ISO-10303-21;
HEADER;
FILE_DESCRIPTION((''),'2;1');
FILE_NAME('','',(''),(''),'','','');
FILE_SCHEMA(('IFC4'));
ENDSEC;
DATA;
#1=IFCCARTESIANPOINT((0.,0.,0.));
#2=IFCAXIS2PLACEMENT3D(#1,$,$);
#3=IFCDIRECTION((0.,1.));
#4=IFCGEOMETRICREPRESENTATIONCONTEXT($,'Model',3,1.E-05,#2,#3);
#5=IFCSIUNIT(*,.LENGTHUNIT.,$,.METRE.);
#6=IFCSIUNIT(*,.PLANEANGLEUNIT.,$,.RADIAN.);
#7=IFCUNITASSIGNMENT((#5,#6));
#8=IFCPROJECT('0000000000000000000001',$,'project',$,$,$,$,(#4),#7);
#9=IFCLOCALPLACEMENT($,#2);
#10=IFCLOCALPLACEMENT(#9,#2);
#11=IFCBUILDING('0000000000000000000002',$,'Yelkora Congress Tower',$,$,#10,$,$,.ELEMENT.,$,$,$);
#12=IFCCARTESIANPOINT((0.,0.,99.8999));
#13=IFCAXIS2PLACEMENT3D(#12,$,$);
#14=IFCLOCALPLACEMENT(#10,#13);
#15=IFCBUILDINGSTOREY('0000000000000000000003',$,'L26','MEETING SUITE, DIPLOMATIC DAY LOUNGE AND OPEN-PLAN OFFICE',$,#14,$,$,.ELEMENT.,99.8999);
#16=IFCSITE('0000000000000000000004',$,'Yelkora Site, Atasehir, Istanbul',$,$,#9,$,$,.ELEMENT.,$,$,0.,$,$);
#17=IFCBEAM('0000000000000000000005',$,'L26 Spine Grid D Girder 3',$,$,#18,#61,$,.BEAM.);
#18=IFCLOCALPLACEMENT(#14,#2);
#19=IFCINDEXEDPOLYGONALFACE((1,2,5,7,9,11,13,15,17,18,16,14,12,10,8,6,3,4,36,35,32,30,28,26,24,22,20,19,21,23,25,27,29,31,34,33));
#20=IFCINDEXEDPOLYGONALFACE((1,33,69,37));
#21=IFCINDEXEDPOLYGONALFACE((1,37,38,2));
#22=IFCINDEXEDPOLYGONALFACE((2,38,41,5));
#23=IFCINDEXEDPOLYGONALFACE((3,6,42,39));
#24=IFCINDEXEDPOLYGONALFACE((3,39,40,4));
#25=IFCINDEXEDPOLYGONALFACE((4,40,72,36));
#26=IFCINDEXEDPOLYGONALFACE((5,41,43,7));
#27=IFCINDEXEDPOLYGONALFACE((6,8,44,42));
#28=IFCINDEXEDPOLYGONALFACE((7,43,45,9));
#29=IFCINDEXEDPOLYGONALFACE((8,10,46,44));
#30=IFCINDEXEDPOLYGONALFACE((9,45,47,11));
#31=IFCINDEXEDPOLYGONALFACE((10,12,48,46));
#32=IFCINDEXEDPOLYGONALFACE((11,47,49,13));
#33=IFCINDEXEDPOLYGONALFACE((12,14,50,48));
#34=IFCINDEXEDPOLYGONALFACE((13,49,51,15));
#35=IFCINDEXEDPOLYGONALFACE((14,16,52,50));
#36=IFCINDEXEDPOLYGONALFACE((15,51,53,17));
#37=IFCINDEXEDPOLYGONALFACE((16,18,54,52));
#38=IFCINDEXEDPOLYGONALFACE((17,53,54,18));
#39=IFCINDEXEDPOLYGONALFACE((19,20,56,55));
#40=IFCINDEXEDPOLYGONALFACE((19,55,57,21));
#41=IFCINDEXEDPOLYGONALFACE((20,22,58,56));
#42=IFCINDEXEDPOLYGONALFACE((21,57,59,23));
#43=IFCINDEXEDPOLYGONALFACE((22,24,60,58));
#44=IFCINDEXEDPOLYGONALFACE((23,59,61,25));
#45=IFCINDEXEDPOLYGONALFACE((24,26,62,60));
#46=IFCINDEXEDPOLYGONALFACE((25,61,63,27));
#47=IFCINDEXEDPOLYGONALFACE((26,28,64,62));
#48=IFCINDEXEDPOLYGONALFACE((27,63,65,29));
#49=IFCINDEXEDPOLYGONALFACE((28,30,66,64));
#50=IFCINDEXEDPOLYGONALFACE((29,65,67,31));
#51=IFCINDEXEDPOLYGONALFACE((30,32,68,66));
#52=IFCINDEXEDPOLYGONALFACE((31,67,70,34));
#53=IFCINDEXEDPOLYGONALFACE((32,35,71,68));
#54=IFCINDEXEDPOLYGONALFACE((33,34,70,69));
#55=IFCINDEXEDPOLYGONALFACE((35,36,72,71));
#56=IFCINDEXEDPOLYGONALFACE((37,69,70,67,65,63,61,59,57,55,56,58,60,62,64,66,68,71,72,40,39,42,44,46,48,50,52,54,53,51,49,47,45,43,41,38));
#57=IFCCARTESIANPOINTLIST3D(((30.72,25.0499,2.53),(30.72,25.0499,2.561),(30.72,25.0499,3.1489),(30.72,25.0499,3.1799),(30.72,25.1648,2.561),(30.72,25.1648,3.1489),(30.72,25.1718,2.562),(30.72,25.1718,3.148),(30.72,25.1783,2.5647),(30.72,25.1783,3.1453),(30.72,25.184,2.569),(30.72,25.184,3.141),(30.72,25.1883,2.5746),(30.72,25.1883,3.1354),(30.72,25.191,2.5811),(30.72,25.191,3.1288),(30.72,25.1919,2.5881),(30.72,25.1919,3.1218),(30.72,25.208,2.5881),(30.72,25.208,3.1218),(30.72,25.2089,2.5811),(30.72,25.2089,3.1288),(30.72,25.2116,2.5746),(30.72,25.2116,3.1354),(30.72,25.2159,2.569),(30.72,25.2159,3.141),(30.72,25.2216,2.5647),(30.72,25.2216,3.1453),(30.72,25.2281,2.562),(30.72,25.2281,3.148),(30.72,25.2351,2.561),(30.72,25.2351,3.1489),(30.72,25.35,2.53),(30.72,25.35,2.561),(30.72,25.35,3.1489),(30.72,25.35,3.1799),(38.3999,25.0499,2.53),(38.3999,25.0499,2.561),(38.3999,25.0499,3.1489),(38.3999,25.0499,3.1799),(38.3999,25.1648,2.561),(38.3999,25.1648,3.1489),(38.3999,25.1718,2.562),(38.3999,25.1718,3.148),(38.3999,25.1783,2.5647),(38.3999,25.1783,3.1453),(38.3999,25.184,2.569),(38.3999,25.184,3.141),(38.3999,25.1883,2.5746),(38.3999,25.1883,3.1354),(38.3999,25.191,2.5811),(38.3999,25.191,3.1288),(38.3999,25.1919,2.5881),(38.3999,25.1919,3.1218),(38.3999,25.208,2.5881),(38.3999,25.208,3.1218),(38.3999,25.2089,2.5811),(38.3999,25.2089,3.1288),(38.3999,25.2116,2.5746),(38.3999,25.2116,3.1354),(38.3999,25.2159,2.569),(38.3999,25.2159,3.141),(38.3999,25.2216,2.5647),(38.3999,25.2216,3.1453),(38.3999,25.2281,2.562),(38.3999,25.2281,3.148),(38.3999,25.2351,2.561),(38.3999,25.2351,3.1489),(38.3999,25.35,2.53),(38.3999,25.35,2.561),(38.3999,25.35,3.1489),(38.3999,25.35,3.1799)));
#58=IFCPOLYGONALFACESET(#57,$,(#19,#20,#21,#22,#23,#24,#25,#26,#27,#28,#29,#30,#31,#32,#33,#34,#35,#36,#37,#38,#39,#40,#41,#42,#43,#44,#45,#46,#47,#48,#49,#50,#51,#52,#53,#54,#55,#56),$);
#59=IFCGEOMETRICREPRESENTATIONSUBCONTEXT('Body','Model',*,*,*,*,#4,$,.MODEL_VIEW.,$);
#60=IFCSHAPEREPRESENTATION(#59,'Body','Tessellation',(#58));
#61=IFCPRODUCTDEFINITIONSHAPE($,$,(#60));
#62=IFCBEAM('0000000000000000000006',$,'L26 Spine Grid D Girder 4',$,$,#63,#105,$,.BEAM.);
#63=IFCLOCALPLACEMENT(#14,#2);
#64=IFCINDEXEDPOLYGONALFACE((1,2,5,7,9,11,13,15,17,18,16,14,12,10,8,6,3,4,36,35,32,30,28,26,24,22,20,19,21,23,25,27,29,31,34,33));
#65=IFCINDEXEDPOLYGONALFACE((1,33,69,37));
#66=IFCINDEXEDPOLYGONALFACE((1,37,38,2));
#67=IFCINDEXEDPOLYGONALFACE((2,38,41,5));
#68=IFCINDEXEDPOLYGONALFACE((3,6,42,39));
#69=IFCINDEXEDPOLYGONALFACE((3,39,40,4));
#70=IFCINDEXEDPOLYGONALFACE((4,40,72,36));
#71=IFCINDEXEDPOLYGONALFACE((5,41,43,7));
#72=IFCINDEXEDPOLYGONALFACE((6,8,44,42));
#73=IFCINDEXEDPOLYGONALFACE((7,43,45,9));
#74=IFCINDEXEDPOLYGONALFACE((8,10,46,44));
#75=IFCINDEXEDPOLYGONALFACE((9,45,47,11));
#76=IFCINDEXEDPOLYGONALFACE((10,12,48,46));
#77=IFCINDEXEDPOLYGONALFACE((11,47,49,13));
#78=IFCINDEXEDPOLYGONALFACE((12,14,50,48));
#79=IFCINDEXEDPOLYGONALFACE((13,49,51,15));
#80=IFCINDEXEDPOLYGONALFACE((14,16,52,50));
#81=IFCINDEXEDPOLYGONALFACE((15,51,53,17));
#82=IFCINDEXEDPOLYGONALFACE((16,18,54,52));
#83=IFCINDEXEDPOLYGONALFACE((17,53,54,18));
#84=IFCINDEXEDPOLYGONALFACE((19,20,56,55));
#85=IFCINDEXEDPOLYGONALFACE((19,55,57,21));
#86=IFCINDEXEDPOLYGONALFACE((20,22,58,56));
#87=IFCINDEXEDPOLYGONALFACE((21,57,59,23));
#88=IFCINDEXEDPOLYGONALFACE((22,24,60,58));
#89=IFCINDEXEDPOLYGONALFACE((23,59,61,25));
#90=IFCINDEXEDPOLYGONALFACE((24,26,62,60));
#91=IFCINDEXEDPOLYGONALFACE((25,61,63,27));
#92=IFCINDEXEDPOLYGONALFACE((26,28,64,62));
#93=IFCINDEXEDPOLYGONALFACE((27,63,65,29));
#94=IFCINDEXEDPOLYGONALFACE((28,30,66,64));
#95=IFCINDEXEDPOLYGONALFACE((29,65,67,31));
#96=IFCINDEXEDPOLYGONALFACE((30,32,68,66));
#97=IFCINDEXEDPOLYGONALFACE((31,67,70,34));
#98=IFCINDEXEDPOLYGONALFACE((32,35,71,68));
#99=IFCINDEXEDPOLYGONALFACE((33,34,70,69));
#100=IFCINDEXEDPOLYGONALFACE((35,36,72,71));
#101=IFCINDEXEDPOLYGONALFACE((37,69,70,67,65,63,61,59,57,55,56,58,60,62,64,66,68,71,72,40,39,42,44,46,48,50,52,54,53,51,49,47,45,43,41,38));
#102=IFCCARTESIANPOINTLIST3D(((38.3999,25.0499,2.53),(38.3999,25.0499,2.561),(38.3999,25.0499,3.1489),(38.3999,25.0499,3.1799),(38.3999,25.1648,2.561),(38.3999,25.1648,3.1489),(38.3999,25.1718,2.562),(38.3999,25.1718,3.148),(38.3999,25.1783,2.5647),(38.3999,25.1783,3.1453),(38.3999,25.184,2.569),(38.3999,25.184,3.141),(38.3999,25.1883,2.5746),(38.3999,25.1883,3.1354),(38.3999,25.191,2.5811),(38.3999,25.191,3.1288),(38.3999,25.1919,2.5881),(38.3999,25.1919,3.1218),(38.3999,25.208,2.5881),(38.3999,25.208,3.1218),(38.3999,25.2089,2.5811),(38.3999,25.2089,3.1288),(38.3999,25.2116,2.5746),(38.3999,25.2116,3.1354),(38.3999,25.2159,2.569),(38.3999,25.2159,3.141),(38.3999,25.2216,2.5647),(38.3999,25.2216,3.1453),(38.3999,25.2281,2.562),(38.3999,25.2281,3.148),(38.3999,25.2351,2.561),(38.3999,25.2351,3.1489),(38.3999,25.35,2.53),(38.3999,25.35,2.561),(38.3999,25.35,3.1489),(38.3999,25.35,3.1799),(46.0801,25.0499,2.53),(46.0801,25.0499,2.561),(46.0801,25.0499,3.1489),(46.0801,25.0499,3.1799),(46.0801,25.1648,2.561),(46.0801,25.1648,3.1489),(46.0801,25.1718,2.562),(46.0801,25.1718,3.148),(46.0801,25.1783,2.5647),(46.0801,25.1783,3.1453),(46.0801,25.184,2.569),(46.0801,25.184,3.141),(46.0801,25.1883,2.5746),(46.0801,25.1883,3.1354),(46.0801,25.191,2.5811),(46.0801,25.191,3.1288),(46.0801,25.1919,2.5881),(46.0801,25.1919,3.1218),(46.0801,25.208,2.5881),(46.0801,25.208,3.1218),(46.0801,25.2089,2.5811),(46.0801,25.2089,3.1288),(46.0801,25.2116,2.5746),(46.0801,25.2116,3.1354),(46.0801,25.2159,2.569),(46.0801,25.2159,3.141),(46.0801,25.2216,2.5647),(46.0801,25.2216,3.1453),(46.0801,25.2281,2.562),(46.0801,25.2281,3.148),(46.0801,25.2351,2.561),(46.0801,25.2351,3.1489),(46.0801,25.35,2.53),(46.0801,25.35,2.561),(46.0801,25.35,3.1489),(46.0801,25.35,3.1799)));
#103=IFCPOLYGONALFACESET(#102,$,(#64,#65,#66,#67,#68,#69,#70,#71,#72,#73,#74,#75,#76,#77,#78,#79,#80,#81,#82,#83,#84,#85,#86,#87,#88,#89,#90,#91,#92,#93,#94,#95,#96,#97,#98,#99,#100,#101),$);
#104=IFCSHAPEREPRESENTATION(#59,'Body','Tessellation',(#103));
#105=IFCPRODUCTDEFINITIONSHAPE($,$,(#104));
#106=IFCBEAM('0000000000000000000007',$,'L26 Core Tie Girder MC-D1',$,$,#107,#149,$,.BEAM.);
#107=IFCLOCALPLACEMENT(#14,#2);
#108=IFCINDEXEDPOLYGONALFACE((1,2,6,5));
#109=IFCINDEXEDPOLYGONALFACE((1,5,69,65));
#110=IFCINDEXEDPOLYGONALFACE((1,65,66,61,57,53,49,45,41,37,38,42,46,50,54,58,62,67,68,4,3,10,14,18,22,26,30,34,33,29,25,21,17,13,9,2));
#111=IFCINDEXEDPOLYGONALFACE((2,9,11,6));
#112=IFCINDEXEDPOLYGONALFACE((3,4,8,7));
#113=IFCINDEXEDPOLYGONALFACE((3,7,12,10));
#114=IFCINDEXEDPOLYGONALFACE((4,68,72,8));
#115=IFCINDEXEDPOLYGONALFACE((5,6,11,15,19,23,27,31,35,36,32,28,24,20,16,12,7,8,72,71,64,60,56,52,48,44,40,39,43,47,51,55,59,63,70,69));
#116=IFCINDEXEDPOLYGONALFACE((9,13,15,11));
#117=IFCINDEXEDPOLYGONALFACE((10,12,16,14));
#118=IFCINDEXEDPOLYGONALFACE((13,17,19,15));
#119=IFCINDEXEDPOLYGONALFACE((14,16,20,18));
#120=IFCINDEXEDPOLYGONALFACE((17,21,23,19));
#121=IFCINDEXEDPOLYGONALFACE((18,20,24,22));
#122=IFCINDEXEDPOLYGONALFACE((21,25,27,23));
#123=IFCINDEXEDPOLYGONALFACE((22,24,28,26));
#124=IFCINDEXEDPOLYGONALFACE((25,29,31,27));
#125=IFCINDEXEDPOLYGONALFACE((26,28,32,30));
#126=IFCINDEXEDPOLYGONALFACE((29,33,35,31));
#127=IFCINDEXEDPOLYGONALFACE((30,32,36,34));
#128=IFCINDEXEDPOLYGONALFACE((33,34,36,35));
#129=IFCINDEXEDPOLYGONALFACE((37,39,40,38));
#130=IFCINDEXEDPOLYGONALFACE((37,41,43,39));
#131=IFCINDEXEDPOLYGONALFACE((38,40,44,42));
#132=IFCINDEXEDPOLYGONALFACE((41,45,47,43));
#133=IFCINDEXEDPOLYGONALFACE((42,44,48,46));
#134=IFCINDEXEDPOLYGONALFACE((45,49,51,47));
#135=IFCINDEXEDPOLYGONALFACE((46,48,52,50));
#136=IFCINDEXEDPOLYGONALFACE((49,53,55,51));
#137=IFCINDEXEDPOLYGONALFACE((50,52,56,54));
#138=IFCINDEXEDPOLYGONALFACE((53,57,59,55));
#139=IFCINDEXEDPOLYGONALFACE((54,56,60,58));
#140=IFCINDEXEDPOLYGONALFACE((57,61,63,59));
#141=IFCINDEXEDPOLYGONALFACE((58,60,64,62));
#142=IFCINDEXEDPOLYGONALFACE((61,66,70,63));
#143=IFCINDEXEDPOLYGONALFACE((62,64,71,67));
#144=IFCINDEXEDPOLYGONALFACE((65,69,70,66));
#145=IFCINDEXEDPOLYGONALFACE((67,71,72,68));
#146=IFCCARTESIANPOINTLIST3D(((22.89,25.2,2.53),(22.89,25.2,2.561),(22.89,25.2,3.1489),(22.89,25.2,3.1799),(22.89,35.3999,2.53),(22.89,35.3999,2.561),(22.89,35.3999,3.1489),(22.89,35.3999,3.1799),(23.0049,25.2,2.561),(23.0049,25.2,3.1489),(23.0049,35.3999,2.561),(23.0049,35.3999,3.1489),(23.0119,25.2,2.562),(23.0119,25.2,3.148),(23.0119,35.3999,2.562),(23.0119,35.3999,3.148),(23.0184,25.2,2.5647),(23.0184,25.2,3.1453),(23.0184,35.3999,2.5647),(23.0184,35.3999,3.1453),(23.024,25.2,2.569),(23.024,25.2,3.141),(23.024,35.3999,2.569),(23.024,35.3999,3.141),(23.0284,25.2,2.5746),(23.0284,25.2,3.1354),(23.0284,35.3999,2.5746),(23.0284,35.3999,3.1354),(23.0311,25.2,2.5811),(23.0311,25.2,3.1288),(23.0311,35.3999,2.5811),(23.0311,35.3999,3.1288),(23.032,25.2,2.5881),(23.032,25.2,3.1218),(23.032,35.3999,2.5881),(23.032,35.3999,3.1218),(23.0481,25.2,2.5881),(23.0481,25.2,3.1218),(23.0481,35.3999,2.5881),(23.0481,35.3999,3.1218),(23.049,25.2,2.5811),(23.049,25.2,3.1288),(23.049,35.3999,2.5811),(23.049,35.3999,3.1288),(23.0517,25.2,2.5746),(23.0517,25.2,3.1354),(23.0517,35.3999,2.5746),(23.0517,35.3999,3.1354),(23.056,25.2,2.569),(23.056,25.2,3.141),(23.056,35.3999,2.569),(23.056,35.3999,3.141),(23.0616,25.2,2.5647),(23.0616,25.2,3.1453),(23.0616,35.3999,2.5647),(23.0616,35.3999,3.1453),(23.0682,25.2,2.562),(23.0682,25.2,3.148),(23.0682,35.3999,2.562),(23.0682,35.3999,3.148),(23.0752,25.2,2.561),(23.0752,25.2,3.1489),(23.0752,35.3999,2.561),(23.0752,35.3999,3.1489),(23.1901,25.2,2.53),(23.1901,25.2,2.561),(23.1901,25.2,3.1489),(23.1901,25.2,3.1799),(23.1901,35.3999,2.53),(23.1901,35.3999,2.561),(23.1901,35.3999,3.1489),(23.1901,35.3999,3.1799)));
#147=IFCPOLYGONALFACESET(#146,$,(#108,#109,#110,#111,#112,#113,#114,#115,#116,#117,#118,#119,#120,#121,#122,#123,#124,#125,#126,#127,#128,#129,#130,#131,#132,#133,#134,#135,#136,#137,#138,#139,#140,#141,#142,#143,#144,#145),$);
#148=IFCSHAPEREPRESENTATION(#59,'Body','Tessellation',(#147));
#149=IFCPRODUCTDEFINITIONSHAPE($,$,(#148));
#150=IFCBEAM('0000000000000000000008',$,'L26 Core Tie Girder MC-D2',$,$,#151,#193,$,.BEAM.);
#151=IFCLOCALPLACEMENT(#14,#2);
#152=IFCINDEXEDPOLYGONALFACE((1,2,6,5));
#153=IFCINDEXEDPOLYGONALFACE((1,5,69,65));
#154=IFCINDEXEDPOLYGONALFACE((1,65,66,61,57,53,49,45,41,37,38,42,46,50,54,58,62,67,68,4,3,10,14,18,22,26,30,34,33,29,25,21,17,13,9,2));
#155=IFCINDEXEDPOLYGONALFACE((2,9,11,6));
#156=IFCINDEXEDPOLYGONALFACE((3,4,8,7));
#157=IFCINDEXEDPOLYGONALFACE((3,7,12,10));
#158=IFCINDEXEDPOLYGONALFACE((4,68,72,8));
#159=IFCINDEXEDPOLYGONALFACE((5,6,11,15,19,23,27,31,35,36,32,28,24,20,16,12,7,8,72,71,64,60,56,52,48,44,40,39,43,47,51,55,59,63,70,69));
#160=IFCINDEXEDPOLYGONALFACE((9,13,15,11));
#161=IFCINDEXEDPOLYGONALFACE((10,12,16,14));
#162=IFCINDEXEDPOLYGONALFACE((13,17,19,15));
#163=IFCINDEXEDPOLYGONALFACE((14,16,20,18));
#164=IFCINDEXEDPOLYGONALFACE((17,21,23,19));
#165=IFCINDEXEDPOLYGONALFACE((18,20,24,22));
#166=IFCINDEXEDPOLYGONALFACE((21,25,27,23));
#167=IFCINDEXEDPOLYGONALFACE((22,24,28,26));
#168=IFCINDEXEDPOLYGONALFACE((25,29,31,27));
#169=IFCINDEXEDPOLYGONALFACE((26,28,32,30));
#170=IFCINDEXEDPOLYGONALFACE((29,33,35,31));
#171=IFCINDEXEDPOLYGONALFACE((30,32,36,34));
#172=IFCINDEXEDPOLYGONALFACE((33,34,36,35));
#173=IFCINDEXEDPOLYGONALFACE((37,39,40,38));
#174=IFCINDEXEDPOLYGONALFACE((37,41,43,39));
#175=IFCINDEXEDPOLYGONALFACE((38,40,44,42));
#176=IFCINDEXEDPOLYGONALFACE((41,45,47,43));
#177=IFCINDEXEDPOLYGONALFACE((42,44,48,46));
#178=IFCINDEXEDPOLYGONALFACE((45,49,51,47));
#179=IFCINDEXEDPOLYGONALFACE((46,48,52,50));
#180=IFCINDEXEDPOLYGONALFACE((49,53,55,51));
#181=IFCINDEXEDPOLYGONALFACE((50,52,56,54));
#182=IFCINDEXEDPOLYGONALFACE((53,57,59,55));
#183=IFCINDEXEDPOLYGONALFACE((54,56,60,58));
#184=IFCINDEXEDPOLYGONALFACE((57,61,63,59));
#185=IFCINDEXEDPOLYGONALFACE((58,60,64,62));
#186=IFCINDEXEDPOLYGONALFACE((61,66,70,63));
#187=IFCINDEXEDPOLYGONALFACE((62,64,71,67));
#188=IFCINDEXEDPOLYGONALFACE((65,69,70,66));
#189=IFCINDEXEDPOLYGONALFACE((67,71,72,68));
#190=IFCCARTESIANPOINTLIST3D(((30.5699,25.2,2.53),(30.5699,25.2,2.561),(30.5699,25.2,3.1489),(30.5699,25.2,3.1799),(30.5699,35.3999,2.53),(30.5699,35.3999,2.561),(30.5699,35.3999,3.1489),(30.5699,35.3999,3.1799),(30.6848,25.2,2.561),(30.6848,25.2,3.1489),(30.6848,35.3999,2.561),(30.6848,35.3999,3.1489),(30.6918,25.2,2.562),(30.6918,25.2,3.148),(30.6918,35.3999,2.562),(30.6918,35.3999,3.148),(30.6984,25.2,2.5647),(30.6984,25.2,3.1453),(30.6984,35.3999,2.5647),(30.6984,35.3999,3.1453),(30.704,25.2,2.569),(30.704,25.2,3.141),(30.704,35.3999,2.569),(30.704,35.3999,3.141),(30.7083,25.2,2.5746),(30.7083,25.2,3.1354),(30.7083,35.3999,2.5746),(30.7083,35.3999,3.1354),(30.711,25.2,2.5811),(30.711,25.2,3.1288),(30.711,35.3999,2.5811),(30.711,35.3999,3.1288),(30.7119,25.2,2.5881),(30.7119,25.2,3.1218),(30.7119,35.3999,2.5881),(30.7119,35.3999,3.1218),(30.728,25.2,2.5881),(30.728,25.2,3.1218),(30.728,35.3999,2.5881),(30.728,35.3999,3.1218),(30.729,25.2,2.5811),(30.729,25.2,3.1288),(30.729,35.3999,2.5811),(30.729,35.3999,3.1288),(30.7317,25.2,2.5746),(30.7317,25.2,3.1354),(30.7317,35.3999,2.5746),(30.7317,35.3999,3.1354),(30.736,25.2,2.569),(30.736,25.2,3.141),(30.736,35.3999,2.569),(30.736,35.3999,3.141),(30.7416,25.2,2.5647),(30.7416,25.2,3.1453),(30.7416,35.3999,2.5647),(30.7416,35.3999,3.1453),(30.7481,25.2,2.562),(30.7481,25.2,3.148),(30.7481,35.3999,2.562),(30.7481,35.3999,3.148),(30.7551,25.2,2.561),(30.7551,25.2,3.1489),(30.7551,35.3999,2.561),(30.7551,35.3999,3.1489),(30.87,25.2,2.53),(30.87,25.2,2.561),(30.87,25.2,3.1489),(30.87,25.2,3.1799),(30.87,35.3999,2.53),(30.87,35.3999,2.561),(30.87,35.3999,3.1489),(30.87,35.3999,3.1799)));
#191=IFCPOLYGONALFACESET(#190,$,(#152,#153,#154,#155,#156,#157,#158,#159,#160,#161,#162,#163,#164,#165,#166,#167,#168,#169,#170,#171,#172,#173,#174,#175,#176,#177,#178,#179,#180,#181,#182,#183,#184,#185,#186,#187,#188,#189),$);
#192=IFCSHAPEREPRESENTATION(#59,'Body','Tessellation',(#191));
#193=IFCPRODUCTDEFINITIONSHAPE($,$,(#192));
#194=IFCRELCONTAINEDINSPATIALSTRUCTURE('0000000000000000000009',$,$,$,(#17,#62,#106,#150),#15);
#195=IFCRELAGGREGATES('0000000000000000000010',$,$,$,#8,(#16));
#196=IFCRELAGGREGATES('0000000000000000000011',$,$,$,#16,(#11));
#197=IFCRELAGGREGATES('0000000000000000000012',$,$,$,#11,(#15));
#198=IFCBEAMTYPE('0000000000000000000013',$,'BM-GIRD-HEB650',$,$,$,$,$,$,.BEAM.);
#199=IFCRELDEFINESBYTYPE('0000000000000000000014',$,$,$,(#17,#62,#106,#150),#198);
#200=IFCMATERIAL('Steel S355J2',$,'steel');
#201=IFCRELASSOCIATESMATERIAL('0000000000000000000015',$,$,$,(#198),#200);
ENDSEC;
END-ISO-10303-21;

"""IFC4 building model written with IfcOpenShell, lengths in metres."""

from ifc_helpers import new_model, si_unit, direction, frame, origin, origin_2d, place, context, subcontext, project, spatial, i_section, extrude, material, material_profile, profile_set, type_object, element, save


model = new_model("IFC4")

# Units and contexts
model_context = context("Model", 3, precision=1e-05, world=origin(), true_north=direction((0.0, 1.0)))
body_context = subcontext(model_context, "Body", "Model", "MODEL_VIEW")
ifc_project = project(units=[si_unit("LENGTHUNIT", "METRE"), si_unit("PLANEANGLEUNIT", "RADIAN")], contexts=[model_context])

# Site, building, storey
site_placement = place(None, origin())
site = spatial("IfcSite", under=ifc_project, at=site_placement, Name="Yelkora Site, Atasehir, Istanbul", CompositionType="ELEMENT", RefElevation=0.0)
building_placement = place(site_placement, origin())
building = spatial("IfcBuilding", under=site, at=building_placement, Name="Yelkora Congress Tower", CompositionType="ELEMENT")
storey_placement = place(building_placement, frame((0.0, 0.0, 99.8999)))
storey = spatial("IfcBuildingStorey", under=building, at=storey_placement, Name="L26", Description="MEETING SUITE, DIPLOMATIC DAY LOUNGE AND OPEN-PLAN OFFICE", CompositionType="ELEMENT", Elevation=99.8999)

# Beams
ifc_material_1 = material(Name="Steel S355J2", Category="steel")
ifc_material_profile_1 = material_profile(ifc_material_1, i_section(OverallWidth=0.3, OverallDepth=0.6499, WebThickness=0.0161, FlangeThickness=0.031, FilletRadius=0.0271, at=origin_2d()), Name="HEB 650")
ifc_profile_set_1 = profile_set([ifc_material_profile_1], Name="Steel S355J2")
beam_type_1 = type_object("IfcBeamType", Name="BM-GIRD-HEB650", PredefinedType="BEAM", material=ifc_profile_set_1)
for number, where, z_axis, x_axis, name in (
    (1, (30.72, 25.2, 2.855), (1.0, 0.0, 0.0), (0.0, 1.0, 0.0), "L26 Spine Grid D Girder 3"),
):
    element("IfcBeam", number, at=place(storey_placement, frame(where, z_axis=z_axis, x_axis=x_axis)), inside=storey, type_object=beam_type_1, Name=name, PredefinedType="BEAM", context=body_context, shape_type="SweptSolid", body=[
        extrude(i_section(OverallWidth=0.3, OverallDepth=0.6499, WebThickness=0.0161, FlangeThickness=0.031, FilletRadius=0.0271, at=origin_2d()), origin(), (0.0, 0.0, 1.0), 7.6799),
    ])
beam_1_placement = place(storey_placement, frame((38.3999, 25.2, 2.855), z_axis=(1.0, 0.0, 0.0), x_axis=(0.0, 1.0, 0.0)))
element("IfcBeam", 2, at=beam_1_placement, inside=storey, type_object=beam_type_1, Name="L26 Spine Grid D Girder 4", PredefinedType="BEAM", context=body_context, shape_type="SweptSolid", body=[
    extrude(i_section(OverallWidth=0.3, OverallDepth=0.6499, WebThickness=0.0161, FlangeThickness=0.031, FilletRadius=0.0271, at=origin_2d()), origin(), (0.0, 0.0, 1.0), 7.6802),
])
for number, where, z_axis, x_axis, name in (
    (3, (23.04, 25.2, 2.855), (0.0, 1.0, 0.0), (-1.0, 0.0, 0.0), "L26 Core Tie Girder MC-D1"),
    (4, (30.72, 25.2, 2.855), (0.0, 1.0, 0.0), (-1.0, 0.0, 0.0), "L26 Core Tie Girder MC-D2"),
):
    element("IfcBeam", number, at=place(storey_placement, frame(where, z_axis=z_axis, x_axis=x_axis)), inside=storey, type_object=beam_type_1, Name=name, PredefinedType="BEAM", context=body_context, shape_type="SweptSolid", body=[
        extrude(i_section(OverallWidth=0.3, OverallDepth=0.6499, WebThickness=0.0161, FlangeThickness=0.031, FilletRadius=0.0271, at=origin_2d()), origin(), (0.0, 0.0, 1.0), 10.2),
    ])

save(model, "model.ifc")
